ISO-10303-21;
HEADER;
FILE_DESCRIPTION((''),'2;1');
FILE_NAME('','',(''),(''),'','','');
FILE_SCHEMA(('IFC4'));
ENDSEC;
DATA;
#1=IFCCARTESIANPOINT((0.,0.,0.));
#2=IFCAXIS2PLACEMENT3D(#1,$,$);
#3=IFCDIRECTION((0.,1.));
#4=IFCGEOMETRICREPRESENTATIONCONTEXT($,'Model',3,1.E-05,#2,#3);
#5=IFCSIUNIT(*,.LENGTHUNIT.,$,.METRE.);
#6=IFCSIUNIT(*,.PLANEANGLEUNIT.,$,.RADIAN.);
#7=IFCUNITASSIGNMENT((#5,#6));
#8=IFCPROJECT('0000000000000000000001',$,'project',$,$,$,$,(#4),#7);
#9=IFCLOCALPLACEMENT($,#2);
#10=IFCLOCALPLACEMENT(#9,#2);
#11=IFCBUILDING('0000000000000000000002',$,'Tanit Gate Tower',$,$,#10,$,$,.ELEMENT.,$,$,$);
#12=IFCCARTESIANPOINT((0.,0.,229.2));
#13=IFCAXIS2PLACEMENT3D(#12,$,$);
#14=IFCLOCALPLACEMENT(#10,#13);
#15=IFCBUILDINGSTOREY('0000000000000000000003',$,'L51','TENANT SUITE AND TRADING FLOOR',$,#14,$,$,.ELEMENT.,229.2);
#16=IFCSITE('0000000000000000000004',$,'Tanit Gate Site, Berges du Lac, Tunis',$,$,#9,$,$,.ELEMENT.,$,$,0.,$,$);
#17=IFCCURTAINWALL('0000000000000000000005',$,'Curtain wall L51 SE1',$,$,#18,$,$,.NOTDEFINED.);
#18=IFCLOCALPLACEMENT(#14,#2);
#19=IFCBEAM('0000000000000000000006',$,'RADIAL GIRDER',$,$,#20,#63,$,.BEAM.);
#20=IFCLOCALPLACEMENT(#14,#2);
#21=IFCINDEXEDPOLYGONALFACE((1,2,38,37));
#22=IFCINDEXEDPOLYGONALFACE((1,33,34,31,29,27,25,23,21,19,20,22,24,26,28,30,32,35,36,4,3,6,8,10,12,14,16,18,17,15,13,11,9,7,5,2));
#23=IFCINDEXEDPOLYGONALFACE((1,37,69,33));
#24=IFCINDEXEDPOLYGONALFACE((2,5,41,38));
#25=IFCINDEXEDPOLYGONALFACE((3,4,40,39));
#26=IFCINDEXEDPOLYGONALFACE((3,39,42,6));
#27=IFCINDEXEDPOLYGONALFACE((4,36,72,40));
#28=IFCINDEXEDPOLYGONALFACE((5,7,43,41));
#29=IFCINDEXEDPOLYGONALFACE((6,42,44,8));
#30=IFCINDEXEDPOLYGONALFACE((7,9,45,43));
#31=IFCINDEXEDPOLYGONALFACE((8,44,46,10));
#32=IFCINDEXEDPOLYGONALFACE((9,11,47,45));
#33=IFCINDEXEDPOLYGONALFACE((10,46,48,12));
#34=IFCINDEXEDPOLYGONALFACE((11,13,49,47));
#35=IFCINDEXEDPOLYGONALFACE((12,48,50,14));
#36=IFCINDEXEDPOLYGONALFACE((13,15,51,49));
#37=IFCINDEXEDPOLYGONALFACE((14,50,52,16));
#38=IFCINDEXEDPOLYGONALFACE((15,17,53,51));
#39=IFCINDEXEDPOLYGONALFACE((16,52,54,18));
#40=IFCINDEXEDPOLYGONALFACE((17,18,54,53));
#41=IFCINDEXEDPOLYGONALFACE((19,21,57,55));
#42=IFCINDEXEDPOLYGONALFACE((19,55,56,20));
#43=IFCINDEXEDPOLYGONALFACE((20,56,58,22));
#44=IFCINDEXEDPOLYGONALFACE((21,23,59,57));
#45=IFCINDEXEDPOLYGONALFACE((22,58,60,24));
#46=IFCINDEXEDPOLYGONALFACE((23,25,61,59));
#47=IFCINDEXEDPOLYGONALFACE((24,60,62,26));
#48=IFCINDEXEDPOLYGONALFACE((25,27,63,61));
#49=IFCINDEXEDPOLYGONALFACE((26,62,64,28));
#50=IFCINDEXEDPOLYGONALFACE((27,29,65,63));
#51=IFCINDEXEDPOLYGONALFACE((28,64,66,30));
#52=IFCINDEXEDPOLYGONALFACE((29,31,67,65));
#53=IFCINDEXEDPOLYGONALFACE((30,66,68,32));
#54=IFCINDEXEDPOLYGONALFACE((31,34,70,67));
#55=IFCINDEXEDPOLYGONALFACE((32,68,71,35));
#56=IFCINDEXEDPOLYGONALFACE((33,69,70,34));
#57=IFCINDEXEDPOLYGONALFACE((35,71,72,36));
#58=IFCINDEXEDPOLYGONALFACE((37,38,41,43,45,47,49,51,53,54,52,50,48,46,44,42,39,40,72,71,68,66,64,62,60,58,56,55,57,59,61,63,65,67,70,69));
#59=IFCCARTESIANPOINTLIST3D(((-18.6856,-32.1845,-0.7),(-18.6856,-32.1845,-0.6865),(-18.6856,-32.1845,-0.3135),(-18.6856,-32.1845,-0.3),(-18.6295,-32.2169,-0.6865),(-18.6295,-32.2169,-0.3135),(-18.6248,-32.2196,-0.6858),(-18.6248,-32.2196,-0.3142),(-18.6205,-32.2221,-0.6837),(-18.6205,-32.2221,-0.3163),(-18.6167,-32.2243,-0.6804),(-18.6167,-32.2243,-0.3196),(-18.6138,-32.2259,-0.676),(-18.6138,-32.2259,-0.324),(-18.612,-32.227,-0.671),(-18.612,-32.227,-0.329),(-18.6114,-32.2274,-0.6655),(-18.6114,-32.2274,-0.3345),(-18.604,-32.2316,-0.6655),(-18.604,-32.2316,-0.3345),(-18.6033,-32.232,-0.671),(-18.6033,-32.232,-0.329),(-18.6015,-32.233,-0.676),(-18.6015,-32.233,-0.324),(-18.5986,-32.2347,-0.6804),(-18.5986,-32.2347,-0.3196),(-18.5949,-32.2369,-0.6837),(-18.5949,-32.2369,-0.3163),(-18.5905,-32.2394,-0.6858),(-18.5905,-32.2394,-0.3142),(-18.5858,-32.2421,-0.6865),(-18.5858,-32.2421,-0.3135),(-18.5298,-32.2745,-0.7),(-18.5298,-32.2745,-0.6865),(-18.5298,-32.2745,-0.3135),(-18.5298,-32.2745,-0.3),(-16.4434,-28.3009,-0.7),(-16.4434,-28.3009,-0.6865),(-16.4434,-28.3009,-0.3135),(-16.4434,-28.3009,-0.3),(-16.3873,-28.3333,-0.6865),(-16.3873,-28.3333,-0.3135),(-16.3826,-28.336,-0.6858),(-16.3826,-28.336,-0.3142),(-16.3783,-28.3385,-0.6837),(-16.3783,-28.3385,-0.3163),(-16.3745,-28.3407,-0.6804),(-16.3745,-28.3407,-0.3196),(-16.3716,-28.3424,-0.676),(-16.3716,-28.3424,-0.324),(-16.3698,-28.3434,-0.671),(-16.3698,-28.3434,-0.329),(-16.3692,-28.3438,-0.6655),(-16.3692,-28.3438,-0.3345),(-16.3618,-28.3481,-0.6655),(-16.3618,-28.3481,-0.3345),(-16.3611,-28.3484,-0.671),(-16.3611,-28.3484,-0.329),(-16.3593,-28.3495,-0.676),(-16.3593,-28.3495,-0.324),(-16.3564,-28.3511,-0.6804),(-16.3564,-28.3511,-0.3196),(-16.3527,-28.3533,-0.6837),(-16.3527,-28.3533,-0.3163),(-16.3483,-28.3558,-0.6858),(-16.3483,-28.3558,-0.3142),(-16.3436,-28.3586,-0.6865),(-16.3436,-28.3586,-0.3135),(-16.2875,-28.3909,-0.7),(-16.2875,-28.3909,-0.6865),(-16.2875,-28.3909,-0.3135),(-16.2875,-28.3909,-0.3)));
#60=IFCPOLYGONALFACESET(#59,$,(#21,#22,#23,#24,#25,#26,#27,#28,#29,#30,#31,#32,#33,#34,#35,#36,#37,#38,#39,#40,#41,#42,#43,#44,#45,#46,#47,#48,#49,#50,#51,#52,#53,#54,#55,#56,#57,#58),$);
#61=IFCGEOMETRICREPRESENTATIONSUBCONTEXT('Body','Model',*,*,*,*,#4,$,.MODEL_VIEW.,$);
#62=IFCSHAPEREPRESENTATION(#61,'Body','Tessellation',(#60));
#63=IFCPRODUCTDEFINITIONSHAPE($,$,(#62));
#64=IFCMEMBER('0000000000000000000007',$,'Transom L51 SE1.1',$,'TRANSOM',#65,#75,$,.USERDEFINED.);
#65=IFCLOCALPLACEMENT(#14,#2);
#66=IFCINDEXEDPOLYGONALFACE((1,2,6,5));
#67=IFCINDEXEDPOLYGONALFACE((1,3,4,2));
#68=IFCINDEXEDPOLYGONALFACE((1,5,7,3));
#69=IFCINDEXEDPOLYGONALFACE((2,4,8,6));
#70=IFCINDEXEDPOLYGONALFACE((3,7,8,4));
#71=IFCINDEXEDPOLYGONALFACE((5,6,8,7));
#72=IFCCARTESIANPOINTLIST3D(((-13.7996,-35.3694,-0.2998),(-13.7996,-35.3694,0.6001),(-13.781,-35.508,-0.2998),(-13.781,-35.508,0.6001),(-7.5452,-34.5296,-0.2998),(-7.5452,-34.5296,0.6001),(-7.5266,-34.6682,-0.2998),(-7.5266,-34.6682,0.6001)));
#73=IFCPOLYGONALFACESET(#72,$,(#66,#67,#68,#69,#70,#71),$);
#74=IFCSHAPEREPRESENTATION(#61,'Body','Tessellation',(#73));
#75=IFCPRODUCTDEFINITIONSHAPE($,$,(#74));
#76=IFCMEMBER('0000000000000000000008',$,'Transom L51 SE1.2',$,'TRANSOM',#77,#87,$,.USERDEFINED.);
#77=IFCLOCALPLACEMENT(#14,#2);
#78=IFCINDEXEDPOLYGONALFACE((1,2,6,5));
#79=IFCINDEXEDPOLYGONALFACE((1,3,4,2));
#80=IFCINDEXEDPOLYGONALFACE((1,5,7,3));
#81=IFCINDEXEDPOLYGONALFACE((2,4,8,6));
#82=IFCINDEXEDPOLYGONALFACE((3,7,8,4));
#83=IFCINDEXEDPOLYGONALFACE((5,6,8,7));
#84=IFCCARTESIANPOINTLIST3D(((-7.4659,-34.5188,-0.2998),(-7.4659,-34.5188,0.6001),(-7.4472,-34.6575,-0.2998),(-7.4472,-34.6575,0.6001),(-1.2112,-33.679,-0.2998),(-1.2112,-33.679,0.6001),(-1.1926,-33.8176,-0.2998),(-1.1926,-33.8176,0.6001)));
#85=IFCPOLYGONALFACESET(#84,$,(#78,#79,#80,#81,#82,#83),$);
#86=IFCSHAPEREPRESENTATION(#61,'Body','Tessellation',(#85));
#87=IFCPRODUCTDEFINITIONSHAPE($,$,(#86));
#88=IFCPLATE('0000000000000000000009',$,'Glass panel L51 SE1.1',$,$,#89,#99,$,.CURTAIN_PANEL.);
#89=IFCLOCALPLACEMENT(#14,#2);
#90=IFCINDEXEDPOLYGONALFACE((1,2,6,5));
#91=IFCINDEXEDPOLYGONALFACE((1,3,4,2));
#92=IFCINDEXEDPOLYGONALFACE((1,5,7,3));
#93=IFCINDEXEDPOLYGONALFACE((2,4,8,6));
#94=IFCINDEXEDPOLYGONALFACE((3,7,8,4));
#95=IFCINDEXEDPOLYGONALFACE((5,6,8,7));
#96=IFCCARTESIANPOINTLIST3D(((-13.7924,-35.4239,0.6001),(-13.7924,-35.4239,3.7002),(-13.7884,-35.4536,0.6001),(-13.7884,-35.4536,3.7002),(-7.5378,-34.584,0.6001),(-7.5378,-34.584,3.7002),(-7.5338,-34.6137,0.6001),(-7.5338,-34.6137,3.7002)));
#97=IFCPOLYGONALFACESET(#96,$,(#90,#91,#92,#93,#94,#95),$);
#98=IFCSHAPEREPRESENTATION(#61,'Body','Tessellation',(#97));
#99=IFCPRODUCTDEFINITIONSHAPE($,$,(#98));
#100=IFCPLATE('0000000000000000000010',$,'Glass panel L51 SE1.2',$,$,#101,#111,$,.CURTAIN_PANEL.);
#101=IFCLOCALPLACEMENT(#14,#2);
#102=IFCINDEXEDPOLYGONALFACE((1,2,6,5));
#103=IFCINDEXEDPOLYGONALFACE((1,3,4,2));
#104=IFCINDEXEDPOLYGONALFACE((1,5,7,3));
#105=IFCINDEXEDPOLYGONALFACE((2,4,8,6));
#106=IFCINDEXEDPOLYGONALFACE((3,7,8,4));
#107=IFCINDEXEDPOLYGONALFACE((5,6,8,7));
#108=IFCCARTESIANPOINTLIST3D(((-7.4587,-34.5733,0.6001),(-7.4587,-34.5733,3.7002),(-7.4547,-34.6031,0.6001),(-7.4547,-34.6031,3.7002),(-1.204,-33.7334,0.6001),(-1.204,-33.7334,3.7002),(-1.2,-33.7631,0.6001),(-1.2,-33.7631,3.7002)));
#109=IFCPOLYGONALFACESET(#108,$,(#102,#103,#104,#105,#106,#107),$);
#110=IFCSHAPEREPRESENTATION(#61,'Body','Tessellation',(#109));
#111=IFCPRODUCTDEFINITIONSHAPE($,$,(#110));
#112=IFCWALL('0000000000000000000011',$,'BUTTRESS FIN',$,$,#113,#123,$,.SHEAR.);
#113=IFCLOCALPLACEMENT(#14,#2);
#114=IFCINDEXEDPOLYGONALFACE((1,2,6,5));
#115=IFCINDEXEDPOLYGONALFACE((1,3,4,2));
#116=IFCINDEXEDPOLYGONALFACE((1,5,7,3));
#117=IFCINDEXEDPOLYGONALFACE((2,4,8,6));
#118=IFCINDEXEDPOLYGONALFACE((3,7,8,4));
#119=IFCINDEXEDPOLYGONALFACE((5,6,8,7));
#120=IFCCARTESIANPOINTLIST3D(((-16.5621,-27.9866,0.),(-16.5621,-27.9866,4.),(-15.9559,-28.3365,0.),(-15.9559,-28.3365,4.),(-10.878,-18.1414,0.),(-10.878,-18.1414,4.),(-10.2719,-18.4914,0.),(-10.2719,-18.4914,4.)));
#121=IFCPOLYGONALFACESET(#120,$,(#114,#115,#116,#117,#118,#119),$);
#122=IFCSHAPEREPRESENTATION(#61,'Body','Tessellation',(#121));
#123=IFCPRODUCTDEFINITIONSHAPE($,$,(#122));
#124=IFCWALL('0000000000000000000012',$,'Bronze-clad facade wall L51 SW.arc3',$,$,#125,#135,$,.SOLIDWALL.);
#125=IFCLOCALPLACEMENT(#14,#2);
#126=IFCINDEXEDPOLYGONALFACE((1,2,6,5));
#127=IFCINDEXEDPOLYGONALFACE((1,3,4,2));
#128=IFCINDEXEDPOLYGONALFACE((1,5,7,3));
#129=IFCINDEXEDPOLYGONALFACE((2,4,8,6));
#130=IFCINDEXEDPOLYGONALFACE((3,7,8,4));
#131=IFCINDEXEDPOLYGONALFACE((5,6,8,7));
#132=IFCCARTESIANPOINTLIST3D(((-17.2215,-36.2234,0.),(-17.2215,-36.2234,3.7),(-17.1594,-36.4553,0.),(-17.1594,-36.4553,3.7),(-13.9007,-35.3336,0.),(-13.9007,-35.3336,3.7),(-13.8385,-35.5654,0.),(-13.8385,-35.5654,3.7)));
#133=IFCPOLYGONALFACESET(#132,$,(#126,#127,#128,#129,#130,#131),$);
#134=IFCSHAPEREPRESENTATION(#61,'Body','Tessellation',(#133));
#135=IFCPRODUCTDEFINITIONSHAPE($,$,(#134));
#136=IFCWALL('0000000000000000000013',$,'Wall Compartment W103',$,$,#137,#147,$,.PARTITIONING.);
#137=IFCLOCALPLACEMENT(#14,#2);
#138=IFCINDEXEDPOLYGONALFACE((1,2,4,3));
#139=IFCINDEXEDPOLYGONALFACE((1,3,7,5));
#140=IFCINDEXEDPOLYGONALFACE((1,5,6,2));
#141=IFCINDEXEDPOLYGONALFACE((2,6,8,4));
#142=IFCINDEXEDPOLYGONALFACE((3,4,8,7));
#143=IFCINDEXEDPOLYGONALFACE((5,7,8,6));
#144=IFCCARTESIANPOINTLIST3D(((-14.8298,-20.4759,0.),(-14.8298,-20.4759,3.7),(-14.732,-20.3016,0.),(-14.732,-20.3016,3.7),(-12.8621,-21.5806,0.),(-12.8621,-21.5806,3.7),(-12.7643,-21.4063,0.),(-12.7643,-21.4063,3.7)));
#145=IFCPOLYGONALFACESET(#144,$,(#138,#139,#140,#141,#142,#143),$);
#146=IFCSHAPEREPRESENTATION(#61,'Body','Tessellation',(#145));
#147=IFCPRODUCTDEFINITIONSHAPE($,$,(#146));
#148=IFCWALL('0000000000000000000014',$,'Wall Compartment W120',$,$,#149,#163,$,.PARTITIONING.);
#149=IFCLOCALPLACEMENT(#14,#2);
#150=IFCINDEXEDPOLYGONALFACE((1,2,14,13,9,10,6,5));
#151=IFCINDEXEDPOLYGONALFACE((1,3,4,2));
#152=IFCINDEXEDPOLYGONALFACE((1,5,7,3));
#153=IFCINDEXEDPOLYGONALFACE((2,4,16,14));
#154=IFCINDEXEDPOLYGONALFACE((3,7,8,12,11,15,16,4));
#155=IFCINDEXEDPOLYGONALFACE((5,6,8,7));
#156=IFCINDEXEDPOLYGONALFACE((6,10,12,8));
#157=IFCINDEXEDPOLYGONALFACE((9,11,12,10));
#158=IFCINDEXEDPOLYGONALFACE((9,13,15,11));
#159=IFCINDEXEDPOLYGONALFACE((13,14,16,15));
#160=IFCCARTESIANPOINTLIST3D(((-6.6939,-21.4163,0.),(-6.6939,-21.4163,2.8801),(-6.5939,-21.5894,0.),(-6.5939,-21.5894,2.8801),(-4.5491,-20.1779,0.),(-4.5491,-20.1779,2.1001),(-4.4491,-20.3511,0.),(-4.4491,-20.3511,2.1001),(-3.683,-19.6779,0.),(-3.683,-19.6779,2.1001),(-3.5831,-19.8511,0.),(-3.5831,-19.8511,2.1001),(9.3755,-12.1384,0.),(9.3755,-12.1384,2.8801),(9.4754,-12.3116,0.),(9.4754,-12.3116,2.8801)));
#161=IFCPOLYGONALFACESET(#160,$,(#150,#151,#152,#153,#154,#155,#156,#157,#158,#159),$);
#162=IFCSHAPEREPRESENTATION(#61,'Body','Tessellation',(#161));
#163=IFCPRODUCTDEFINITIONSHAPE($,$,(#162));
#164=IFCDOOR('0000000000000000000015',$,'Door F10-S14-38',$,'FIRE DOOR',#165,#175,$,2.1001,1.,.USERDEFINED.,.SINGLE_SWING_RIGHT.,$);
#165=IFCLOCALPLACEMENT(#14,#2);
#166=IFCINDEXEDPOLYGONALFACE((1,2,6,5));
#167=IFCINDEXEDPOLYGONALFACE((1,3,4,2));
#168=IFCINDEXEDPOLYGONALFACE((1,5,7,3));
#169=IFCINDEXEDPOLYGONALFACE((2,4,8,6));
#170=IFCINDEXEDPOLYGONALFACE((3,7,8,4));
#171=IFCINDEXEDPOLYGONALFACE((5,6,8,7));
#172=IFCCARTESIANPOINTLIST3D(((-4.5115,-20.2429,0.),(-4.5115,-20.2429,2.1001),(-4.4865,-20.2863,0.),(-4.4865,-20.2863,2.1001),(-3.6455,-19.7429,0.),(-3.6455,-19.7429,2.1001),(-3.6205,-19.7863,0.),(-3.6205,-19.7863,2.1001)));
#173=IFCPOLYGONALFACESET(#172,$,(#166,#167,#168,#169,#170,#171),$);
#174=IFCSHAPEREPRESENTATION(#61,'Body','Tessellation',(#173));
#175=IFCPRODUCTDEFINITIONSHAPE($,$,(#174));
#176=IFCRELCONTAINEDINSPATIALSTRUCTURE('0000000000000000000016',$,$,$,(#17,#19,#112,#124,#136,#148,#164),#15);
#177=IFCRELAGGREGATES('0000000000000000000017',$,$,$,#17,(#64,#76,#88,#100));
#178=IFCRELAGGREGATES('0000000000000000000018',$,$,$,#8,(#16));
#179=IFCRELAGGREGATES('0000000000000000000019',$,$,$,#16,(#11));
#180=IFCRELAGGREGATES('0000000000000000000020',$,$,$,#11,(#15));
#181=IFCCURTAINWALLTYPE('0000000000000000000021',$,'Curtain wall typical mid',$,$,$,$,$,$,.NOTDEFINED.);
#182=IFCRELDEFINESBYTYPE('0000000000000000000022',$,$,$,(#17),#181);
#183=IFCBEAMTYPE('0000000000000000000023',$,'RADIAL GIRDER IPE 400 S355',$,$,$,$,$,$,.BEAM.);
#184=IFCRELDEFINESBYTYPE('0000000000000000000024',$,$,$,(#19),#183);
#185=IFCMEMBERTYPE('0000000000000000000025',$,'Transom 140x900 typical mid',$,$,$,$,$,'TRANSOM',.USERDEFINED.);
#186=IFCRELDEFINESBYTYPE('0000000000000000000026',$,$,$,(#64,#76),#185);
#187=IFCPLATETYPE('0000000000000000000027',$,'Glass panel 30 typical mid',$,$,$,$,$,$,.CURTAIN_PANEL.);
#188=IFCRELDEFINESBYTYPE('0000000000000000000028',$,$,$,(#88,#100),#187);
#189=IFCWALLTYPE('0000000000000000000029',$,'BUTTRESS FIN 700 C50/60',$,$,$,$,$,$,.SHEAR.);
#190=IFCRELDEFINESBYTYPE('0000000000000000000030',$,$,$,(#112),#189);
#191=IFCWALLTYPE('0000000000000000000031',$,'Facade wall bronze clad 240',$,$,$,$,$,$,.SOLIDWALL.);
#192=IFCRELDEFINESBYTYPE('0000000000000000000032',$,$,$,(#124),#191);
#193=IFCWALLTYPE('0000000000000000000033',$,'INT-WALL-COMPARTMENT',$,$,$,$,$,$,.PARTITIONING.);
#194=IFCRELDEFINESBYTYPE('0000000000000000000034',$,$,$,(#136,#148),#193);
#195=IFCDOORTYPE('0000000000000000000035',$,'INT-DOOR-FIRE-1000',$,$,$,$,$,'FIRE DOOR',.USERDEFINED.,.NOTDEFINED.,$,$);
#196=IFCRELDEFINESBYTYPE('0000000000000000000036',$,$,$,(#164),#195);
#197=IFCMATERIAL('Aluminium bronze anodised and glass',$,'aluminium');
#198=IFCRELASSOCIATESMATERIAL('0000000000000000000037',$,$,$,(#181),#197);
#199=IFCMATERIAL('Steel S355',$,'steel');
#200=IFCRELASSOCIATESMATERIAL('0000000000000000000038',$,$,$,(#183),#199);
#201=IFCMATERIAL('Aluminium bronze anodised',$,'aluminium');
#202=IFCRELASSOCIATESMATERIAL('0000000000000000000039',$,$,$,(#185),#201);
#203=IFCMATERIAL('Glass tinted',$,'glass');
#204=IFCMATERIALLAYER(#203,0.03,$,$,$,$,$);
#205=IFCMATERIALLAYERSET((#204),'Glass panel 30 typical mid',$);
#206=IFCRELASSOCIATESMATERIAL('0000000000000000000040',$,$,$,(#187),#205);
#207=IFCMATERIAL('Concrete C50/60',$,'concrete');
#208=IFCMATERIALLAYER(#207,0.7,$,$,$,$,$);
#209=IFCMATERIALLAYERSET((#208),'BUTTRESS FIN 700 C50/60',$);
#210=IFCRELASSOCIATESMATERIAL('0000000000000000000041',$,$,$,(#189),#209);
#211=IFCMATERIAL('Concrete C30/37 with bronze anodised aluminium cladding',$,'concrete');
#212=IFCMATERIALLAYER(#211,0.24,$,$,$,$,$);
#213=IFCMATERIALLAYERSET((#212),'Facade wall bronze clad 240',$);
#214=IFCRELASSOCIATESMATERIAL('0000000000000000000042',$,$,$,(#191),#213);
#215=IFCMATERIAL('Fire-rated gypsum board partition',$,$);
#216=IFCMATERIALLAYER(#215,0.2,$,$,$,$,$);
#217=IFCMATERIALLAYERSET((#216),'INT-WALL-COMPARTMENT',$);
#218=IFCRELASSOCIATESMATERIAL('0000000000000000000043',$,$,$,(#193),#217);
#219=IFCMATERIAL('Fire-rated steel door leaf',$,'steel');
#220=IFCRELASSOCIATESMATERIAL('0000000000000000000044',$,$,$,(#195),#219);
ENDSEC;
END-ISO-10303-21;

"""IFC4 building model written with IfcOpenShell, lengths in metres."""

from ifc_helpers import new_model, si_unit, direction, frame, frame_2d, origin, origin_2d, place, context, subcontext, project, spatial, rectangle, i_section, extrude, material, layer, layer_set, material_profile, profile_set, type_object, element, fill, aggregate, save


model = new_model("IFC4")

# Units and contexts
model_context = context("Model", 3, precision=1e-05, world=origin(), true_north=direction((0.0, 1.0)))
body_context = subcontext(model_context, "Body", "Model", "MODEL_VIEW")
ifc_project = project(units=[si_unit("LENGTHUNIT", "METRE"), si_unit("PLANEANGLEUNIT", "RADIAN")], contexts=[model_context])

# Site, building, storey
site_placement = place(None, origin())
site = spatial("IfcSite", under=ifc_project, at=site_placement, Name="Tanit Gate Site, Berges du Lac, Tunis", CompositionType="ELEMENT", RefElevation=0.0)
building_placement = place(site_placement, origin())
building = spatial("IfcBuilding", under=site, at=building_placement, Name="Tanit Gate Tower", CompositionType="ELEMENT")
storey_placement = place(building_placement, frame((0.0, 0.0, 229.2)))
storey = spatial("IfcBuildingStorey", under=building, at=storey_placement, Name="L51", Description="TENANT SUITE AND TRADING FLOOR", CompositionType="ELEMENT", Elevation=229.2)

# Curtain wall
ifc_material_1 = material(Name="Aluminium bronze anodised and glass", Category="aluminium")
curtain_wall_type = type_object("IfcCurtainWallType", Name="Curtain wall typical mid", PredefinedType="NOTDEFINED", material=ifc_material_1)
curtain_wall_placement = place(storey_placement, origin())
curtain_wall = element("IfcCurtainWall", 1, at=curtain_wall_placement, inside=storey, type_object=curtain_wall_type, Name="Curtain wall L51 SE1", PredefinedType="NOTDEFINED")

# Beam
ifc_material_2 = material(Name="Steel S355", Category="steel")
ifc_material_profile_1 = material_profile(ifc_material_2, i_section(OverallWidth=0.1799, OverallDepth=0.3999, WebThickness=0.0085, FlangeThickness=0.0134, FilletRadius=0.021, at=origin_2d()), Name="IPE 400")
ifc_profile_set_1 = profile_set([ifc_material_profile_1], Name="Steel S355")
beam_type_1 = type_object("IfcBeamType", Name="RADIAL GIRDER IPE 400 S355", PredefinedType="BEAM", material=ifc_profile_set_1)
beam_1_placement = place(storey_placement, frame((-18.6077, -32.2295, -0.5), z_axis=(0.500004, 0.866023, 0.0), x_axis=(-0.866023, 0.500004, 0.0)))
element("IfcBeam", 2, at=beam_1_placement, inside=storey, type_object=beam_type_1, Name="RADIAL GIRDER", PredefinedType="BEAM", context=body_context, shape_type="SweptSolid", body=[
    extrude(i_section(OverallWidth=0.1799, OverallDepth=0.3999, WebThickness=0.0085, FlangeThickness=0.0134, FilletRadius=0.021, at=origin_2d()), origin(), (0.0, 0.0, 1.0), 4.4844),
])

# Members
ifc_material_3 = material(Name="Aluminium bronze anodised", Category="aluminium")
ifc_material_profile_2 = material_profile(ifc_material_3, rectangle(XDim=0.1399, YDim=0.8999, at=origin_2d()), Name="140x900 bronze transom")
ifc_profile_set_2 = profile_set([ifc_material_profile_2], Name="Aluminium bronze anodised")
member_type_1 = type_object("IfcMemberType", Name="Transom 140x900 typical mid", ElementType="TRANSOM", PredefinedType="USERDEFINED", material=ifc_profile_set_2)
member_1_placement = place(storey_placement, frame((-13.7903, -35.4387, 0.1501), z_axis=(0.991104, 0.133086, 0.0), x_axis=(-0.133086, 0.991104, 0.0)))
member_1 = element("IfcMember", 3, at=member_1_placement, type_object=member_type_1, Name="Transom L51 SE1.1", ObjectType="TRANSOM", PredefinedType="USERDEFINED", context=body_context, shape_type="SweptSolid", body=[
    extrude(rectangle(XDim=0.1399, YDim=0.8999, at=origin_2d()), origin(), (0.0, 0.0, 1.0), 6.3105),
])
member_2_placement = place(storey_placement, frame((-7.4565, -34.5881, 0.1501), z_axis=(0.991105, 0.133081, 0.0), x_axis=(-0.133081, 0.991105, 0.0)))
member_2 = element("IfcMember", 4, at=member_2_placement, type_object=member_type_1, Name="Transom L51 SE1.2", ObjectType="TRANSOM", PredefinedType="USERDEFINED", context=body_context, shape_type="SweptSolid", body=[
    extrude(rectangle(XDim=0.1399, YDim=0.8999, at=origin_2d()), origin(), (0.0, 0.0, 1.0), 6.3108),
])

# Plates
ifc_material_4 = material(Name="Glass tinted", Category="glass")
ifc_layer_1 = layer(ifc_material_4, 0.03)
ifc_layer_set_1 = layer_set([ifc_layer_1], Name="Glass panel 30 typical mid")
plate_type = type_object("IfcPlateType", Name="Glass panel 30 typical mid", PredefinedType="CURTAIN_PANEL", material=ifc_layer_set_1)
plate_1_placement = place(storey_placement, frame((-10.6631, -35.0188, 0.6001), z_axis=(0.0, 0.0, 1.0), x_axis=(0.991104, 0.133092, 0.0)))
plate_1 = element("IfcPlate", 5, at=plate_1_placement, type_object=plate_type, Name="Glass panel L51 SE1.1", PredefinedType="CURTAIN_PANEL", context=body_context, shape_type="SweptSolid", body=[
    extrude(rectangle(XDim=6.3108, YDim=0.03, at=origin_2d()), origin(), (0.0, 0.0, 1.0), 3.1001),
])
plate_2_placement = place(storey_placement, frame((-4.3293, -34.1682, 0.6001), z_axis=(0.0, 0.0, 1.0), x_axis=(0.991104, 0.133092, 0.0)))
plate_2 = element("IfcPlate", 6, at=plate_2_placement, type_object=plate_type, Name="Glass panel L51 SE1.2", PredefinedType="CURTAIN_PANEL", context=body_context, shape_type="SweptSolid", body=[
    extrude(rectangle(XDim=6.3108, YDim=0.03, at=origin_2d()), origin(), (0.0, 0.0, 1.0), 3.1001),
])
aggregate(curtain_wall, [member_1, member_2, plate_1, plate_2])

# Wall
ifc_material_5 = material(Name="Concrete C50/60", Category="concrete")
ifc_layer_2 = layer(ifc_material_5, 0.7)
ifc_layer_set_2 = layer_set([ifc_layer_2], Name="BUTTRESS FIN 700 C50/60")
wall_type_1 = type_object("IfcWallType", Name="BUTTRESS FIN 700 C50/60", PredefinedType="SHEAR", material=ifc_layer_set_2)
wall_1_placement = place(storey_placement, frame((-10.575, -18.3164, 0.0), z_axis=(0.0, 0.0, 1.0), x_axis=(-0.499996, -0.866028, 0.0)))
element("IfcWall", 7, at=wall_1_placement, inside=storey, type_object=wall_type_1, Name="BUTTRESS FIN", PredefinedType="SHEAR", context=body_context, shape_type="SweptSolid", body=[
    extrude(rectangle(XDim=11.3682, YDim=0.7, at=frame_2d((5.6841, 0.0))), origin(), (0.0, 0.0, 1.0), 4.0),
])

# Walls
ifc_material_6 = material(Name="Concrete C30/37 with bronze anodised aluminium cladding", Category="concrete")
ifc_layer_3 = layer(ifc_material_6, 0.24)
ifc_layer_set_3 = layer_set([ifc_layer_3], Name="Facade wall bronze clad 240")
wall_type_2 = type_object("IfcWallType", Name="Facade wall bronze clad 240", PredefinedType="SOLIDWALL", material=ifc_layer_set_3)
wall_2_placement = place(storey_placement, frame((-17.1904, -36.3394, 0.0), z_axis=(0.0, 0.0, 1.0), x_axis=(0.96592, 0.258843, 0.0)))
element("IfcWall", 8, at=wall_2_placement, inside=storey, type_object=wall_type_2, Name="Bronze-clad facade wall L51 SW.arc3", PredefinedType="SOLIDWALL", context=body_context, shape_type="SweptSolid", body=[
    extrude(rectangle(XDim=3.438, YDim=0.24, at=frame_2d((1.719, 0.0))), origin(), (0.0, 0.0, 1.0), 3.7),
])
ifc_material_7 = material(Name="Fire-rated gypsum board partition")
ifc_layer_4 = layer(ifc_material_7, 0.2)
ifc_layer_set_4 = layer_set([ifc_layer_4], Name="INT-WALL-COMPARTMENT")
wall_type_3 = type_object("IfcWallType", Name="INT-WALL-COMPARTMENT", PredefinedType="PARTITIONING", material=ifc_layer_set_4)
wall_3_placement = place(storey_placement, frame((-14.781, -20.3887, 0.0), z_axis=(0.0, 0.0, 1.0), x_axis=(0.87198, -0.489542, 0.0)))
element("IfcWall", 9, at=wall_3_placement, inside=storey, type_object=wall_type_3, Name="Wall Compartment W103", PredefinedType="PARTITIONING", context=body_context, shape_type="SweptSolid", body=[
    extrude(rectangle(XDim=2.2566, YDim=0.2, at=frame_2d((1.1284, 0.0))), origin(), (0.0, 0.0, 1.0), 3.7),
])

# Wall, opening, door
wall_4_placement = place(storey_placement, frame((-6.644, -21.5029, 0.0), z_axis=(0.0, 0.0, 1.0), x_axis=(0.866021, 0.500008, 0.0)))
wall_4 = element("IfcWall", 10, at=wall_4_placement, inside=storey, type_object=wall_type_3, Name="Wall Compartment W120", PredefinedType="PARTITIONING", context=body_context, shape_type="SweptSolid", body=[
    extrude(rectangle(XDim=18.5554, YDim=0.2, at=frame_2d((9.2778, 0.0))), origin(), (0.0, 0.0, 1.0), 2.8801),
])
opening_1_placement = place(wall_4_placement, frame((2.4768, 0.0, 0.0)))
opening_1 = element("IfcOpeningElement", 11, at=opening_1_placement, cuts=wall_4, PredefinedType="OPENING", context=body_context, shape_type="SweptSolid", body=[
    extrude(rectangle(XDim=1.0, YDim=2.1001, at=frame_2d((0.5, 1.05))), frame((0.0, 0.1099, 0.0), z_axis=(0.0, -1.0, 0.0), x_axis=(1.0, 0.0, 0.0)), (0.0, 0.0, 1.0), 0.22),
])
ifc_material_8 = material(Name="Fire-rated steel door leaf", Category="steel")
door_type_1 = type_object("IfcDoorType", Name="INT-DOOR-FIRE-1000", ElementType="FIRE DOOR", OperationType="NOTDEFINED", PredefinedType="USERDEFINED", material=ifc_material_8)
door_1_placement = place(opening_1_placement, origin())
door_1 = element("IfcDoor", 12, at=door_1_placement, inside=storey, type_object=door_type_1, Name="Door F10-S14-38", ObjectType="FIRE DOOR", OperationType="SINGLE_SWING_RIGHT", OverallHeight=2.1001, OverallWidth=1.0, PredefinedType="USERDEFINED", context=body_context, shape_type="SweptSolid", body=[
    extrude(rectangle(XDim=1.0, YDim=2.1001, at=frame_2d((0.5, 1.05))), frame((0.0, 0.0249, 0.0), z_axis=(0.0, -1.0, 0.0), x_axis=(1.0, 0.0, 0.0)), (0.0, 0.0, 1.0), 0.05),
])
fill(opening_1, door_1)

save(model, "model.ifc")
